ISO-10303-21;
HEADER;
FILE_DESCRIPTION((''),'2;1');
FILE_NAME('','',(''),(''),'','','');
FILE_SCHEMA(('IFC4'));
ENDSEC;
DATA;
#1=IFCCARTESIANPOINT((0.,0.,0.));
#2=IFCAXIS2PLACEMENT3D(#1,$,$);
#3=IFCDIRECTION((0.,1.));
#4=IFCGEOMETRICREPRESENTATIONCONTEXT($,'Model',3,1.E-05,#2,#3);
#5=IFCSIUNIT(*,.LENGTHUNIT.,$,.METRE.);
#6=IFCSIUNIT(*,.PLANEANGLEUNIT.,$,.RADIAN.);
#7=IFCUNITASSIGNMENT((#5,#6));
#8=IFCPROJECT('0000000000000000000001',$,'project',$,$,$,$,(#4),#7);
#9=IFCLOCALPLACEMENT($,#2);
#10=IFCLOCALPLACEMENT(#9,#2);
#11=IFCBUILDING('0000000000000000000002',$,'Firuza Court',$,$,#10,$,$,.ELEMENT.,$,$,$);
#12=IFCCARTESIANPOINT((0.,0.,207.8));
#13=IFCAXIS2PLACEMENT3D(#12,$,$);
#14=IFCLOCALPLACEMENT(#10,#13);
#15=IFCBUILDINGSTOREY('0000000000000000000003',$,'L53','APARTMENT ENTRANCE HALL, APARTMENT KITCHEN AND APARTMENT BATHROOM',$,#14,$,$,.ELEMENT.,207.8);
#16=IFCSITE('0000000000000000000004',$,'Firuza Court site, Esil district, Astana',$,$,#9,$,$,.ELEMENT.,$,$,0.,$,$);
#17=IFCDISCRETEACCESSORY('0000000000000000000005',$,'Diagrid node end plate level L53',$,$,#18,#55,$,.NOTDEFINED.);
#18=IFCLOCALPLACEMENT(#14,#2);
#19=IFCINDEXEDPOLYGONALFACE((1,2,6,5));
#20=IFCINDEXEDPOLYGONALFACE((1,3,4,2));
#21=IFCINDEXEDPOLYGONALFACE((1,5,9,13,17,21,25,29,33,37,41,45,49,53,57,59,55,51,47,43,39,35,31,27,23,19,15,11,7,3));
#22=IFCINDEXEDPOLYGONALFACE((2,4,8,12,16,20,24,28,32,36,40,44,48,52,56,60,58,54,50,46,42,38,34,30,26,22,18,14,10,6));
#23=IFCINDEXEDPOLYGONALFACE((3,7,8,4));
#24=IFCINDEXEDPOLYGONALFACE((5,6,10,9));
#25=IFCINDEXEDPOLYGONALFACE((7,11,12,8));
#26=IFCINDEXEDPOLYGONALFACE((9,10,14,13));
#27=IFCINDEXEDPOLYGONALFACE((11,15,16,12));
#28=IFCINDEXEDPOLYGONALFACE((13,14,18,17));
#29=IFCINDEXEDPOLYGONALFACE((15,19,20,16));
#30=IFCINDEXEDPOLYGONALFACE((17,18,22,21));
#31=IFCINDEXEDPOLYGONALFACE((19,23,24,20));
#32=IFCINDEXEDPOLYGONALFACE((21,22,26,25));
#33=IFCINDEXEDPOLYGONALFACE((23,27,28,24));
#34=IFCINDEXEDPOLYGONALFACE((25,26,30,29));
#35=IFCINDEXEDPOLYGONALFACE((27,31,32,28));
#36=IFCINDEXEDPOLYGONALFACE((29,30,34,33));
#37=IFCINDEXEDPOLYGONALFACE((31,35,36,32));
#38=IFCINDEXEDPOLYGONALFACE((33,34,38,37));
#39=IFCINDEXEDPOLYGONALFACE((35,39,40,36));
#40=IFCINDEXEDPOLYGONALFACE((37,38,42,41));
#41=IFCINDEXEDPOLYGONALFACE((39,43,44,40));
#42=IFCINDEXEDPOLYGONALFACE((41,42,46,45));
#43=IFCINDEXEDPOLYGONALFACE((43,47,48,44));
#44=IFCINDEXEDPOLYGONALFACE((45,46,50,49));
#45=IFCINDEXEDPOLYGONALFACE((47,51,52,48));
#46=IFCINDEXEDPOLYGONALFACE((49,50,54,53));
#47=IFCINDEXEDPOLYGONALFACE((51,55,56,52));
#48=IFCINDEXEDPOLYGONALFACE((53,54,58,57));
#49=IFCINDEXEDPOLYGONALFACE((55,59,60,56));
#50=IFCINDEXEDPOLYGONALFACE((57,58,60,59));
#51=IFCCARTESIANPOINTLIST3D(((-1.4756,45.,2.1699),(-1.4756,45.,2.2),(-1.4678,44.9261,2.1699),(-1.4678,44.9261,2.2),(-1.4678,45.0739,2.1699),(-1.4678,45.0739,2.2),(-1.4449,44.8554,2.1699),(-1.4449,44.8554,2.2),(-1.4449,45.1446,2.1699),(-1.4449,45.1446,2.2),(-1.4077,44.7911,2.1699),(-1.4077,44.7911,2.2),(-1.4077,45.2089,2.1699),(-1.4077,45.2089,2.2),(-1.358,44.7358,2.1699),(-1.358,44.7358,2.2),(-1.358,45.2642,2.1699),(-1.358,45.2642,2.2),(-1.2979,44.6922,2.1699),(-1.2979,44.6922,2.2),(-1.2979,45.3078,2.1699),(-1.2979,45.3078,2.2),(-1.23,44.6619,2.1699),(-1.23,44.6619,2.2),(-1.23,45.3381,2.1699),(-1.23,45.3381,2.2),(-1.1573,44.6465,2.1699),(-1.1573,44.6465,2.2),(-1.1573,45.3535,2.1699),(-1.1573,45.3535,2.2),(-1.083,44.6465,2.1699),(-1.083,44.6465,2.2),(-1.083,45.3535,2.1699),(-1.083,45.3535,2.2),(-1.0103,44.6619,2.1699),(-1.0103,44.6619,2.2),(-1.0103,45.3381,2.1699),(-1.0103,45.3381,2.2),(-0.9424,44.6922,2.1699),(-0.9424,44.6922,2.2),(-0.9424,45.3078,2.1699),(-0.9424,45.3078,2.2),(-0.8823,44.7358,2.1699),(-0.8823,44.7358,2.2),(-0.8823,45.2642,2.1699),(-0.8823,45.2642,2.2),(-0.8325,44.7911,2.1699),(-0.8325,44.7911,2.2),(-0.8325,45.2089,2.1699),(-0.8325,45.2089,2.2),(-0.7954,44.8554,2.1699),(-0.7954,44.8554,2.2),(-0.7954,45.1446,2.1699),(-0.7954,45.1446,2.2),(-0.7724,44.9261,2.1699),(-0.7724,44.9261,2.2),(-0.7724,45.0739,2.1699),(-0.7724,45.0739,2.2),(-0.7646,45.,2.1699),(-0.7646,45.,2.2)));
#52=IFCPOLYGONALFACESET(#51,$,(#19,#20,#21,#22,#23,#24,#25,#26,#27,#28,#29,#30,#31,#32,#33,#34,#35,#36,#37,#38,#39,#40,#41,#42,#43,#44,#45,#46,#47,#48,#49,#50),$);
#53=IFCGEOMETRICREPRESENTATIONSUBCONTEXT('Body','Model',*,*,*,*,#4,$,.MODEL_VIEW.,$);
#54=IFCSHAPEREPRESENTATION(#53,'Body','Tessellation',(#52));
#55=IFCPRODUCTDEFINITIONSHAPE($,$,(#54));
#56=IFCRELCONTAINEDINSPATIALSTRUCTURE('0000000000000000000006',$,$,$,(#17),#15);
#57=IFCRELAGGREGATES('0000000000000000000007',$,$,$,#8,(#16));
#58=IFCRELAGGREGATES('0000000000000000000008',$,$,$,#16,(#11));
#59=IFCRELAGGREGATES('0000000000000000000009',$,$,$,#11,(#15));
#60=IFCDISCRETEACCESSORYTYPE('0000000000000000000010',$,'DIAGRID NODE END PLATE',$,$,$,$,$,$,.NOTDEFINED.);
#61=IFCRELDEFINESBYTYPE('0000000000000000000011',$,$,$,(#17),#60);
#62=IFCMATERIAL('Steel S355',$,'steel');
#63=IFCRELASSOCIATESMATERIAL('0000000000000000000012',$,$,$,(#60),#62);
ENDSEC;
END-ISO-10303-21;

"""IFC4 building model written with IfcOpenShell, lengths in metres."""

from ifc_helpers import new_model, si_unit, direction, frame, origin, origin_2d, place, context, subcontext, project, spatial, circle, extrude, material, material_profile, profile_set, type_object, element, save


model = new_model("IFC4")

# Units and contexts
model_context = context("Model", 3, precision=1e-05, world=origin(), true_north=direction((0.0, 1.0)))
body_context = subcontext(model_context, "Body", "Model", "MODEL_VIEW")
ifc_project = project(units=[si_unit("LENGTHUNIT", "METRE"), si_unit("PLANEANGLEUNIT", "RADIAN")], contexts=[model_context])

# Site, building, storey
site_placement = place(None, origin())
site = spatial("IfcSite", under=ifc_project, at=site_placement, Name="Firuza Court site, Esil district, Astana", CompositionType="ELEMENT", RefElevation=0.0)
building_placement = place(site_placement, origin())
building = spatial("IfcBuilding", under=site, at=building_placement, Name="Firuza Court", CompositionType="ELEMENT")
storey_placement = place(building_placement, frame((0.0, 0.0, 207.8)))
storey = spatial("IfcBuildingStorey", under=building, at=storey_placement, Name="L53", Description="APARTMENT ENTRANCE HALL, APARTMENT KITCHEN AND APARTMENT BATHROOM", CompositionType="ELEMENT", Elevation=207.8)

# Discrete accessory
ifc_material_1 = material(Name="Steel S355", Category="steel")
ifc_material_profile_1 = material_profile(ifc_material_1, circle(Radius=0.3555, at=origin_2d()), Name="PL D711")
ifc_profile_set_1 = profile_set([ifc_material_profile_1], Name="Steel S355")
discrete_accessory_type = type_object("IfcDiscreteAccessoryType", Name="DIAGRID NODE END PLATE", PredefinedType="NOTDEFINED", material=ifc_profile_set_1)
discrete_accessory_1_placement = place(storey_placement, frame((-1.1201, 45.0, 2.1699), z_axis=(0.0, 0.0, 1.0), x_axis=(1.0, 0.0, 0.0)))
element("IfcDiscreteAccessory", 1, at=discrete_accessory_1_placement, inside=storey, type_object=discrete_accessory_type, Name="Diagrid node end plate level L53", PredefinedType="NOTDEFINED", context=body_context, shape_type="SweptSolid", body=[
    extrude(circle(Radius=0.3555, at=origin_2d()), origin(), (0.0, 0.0, 1.0), 0.03),
])

save(model, "model.ifc")
